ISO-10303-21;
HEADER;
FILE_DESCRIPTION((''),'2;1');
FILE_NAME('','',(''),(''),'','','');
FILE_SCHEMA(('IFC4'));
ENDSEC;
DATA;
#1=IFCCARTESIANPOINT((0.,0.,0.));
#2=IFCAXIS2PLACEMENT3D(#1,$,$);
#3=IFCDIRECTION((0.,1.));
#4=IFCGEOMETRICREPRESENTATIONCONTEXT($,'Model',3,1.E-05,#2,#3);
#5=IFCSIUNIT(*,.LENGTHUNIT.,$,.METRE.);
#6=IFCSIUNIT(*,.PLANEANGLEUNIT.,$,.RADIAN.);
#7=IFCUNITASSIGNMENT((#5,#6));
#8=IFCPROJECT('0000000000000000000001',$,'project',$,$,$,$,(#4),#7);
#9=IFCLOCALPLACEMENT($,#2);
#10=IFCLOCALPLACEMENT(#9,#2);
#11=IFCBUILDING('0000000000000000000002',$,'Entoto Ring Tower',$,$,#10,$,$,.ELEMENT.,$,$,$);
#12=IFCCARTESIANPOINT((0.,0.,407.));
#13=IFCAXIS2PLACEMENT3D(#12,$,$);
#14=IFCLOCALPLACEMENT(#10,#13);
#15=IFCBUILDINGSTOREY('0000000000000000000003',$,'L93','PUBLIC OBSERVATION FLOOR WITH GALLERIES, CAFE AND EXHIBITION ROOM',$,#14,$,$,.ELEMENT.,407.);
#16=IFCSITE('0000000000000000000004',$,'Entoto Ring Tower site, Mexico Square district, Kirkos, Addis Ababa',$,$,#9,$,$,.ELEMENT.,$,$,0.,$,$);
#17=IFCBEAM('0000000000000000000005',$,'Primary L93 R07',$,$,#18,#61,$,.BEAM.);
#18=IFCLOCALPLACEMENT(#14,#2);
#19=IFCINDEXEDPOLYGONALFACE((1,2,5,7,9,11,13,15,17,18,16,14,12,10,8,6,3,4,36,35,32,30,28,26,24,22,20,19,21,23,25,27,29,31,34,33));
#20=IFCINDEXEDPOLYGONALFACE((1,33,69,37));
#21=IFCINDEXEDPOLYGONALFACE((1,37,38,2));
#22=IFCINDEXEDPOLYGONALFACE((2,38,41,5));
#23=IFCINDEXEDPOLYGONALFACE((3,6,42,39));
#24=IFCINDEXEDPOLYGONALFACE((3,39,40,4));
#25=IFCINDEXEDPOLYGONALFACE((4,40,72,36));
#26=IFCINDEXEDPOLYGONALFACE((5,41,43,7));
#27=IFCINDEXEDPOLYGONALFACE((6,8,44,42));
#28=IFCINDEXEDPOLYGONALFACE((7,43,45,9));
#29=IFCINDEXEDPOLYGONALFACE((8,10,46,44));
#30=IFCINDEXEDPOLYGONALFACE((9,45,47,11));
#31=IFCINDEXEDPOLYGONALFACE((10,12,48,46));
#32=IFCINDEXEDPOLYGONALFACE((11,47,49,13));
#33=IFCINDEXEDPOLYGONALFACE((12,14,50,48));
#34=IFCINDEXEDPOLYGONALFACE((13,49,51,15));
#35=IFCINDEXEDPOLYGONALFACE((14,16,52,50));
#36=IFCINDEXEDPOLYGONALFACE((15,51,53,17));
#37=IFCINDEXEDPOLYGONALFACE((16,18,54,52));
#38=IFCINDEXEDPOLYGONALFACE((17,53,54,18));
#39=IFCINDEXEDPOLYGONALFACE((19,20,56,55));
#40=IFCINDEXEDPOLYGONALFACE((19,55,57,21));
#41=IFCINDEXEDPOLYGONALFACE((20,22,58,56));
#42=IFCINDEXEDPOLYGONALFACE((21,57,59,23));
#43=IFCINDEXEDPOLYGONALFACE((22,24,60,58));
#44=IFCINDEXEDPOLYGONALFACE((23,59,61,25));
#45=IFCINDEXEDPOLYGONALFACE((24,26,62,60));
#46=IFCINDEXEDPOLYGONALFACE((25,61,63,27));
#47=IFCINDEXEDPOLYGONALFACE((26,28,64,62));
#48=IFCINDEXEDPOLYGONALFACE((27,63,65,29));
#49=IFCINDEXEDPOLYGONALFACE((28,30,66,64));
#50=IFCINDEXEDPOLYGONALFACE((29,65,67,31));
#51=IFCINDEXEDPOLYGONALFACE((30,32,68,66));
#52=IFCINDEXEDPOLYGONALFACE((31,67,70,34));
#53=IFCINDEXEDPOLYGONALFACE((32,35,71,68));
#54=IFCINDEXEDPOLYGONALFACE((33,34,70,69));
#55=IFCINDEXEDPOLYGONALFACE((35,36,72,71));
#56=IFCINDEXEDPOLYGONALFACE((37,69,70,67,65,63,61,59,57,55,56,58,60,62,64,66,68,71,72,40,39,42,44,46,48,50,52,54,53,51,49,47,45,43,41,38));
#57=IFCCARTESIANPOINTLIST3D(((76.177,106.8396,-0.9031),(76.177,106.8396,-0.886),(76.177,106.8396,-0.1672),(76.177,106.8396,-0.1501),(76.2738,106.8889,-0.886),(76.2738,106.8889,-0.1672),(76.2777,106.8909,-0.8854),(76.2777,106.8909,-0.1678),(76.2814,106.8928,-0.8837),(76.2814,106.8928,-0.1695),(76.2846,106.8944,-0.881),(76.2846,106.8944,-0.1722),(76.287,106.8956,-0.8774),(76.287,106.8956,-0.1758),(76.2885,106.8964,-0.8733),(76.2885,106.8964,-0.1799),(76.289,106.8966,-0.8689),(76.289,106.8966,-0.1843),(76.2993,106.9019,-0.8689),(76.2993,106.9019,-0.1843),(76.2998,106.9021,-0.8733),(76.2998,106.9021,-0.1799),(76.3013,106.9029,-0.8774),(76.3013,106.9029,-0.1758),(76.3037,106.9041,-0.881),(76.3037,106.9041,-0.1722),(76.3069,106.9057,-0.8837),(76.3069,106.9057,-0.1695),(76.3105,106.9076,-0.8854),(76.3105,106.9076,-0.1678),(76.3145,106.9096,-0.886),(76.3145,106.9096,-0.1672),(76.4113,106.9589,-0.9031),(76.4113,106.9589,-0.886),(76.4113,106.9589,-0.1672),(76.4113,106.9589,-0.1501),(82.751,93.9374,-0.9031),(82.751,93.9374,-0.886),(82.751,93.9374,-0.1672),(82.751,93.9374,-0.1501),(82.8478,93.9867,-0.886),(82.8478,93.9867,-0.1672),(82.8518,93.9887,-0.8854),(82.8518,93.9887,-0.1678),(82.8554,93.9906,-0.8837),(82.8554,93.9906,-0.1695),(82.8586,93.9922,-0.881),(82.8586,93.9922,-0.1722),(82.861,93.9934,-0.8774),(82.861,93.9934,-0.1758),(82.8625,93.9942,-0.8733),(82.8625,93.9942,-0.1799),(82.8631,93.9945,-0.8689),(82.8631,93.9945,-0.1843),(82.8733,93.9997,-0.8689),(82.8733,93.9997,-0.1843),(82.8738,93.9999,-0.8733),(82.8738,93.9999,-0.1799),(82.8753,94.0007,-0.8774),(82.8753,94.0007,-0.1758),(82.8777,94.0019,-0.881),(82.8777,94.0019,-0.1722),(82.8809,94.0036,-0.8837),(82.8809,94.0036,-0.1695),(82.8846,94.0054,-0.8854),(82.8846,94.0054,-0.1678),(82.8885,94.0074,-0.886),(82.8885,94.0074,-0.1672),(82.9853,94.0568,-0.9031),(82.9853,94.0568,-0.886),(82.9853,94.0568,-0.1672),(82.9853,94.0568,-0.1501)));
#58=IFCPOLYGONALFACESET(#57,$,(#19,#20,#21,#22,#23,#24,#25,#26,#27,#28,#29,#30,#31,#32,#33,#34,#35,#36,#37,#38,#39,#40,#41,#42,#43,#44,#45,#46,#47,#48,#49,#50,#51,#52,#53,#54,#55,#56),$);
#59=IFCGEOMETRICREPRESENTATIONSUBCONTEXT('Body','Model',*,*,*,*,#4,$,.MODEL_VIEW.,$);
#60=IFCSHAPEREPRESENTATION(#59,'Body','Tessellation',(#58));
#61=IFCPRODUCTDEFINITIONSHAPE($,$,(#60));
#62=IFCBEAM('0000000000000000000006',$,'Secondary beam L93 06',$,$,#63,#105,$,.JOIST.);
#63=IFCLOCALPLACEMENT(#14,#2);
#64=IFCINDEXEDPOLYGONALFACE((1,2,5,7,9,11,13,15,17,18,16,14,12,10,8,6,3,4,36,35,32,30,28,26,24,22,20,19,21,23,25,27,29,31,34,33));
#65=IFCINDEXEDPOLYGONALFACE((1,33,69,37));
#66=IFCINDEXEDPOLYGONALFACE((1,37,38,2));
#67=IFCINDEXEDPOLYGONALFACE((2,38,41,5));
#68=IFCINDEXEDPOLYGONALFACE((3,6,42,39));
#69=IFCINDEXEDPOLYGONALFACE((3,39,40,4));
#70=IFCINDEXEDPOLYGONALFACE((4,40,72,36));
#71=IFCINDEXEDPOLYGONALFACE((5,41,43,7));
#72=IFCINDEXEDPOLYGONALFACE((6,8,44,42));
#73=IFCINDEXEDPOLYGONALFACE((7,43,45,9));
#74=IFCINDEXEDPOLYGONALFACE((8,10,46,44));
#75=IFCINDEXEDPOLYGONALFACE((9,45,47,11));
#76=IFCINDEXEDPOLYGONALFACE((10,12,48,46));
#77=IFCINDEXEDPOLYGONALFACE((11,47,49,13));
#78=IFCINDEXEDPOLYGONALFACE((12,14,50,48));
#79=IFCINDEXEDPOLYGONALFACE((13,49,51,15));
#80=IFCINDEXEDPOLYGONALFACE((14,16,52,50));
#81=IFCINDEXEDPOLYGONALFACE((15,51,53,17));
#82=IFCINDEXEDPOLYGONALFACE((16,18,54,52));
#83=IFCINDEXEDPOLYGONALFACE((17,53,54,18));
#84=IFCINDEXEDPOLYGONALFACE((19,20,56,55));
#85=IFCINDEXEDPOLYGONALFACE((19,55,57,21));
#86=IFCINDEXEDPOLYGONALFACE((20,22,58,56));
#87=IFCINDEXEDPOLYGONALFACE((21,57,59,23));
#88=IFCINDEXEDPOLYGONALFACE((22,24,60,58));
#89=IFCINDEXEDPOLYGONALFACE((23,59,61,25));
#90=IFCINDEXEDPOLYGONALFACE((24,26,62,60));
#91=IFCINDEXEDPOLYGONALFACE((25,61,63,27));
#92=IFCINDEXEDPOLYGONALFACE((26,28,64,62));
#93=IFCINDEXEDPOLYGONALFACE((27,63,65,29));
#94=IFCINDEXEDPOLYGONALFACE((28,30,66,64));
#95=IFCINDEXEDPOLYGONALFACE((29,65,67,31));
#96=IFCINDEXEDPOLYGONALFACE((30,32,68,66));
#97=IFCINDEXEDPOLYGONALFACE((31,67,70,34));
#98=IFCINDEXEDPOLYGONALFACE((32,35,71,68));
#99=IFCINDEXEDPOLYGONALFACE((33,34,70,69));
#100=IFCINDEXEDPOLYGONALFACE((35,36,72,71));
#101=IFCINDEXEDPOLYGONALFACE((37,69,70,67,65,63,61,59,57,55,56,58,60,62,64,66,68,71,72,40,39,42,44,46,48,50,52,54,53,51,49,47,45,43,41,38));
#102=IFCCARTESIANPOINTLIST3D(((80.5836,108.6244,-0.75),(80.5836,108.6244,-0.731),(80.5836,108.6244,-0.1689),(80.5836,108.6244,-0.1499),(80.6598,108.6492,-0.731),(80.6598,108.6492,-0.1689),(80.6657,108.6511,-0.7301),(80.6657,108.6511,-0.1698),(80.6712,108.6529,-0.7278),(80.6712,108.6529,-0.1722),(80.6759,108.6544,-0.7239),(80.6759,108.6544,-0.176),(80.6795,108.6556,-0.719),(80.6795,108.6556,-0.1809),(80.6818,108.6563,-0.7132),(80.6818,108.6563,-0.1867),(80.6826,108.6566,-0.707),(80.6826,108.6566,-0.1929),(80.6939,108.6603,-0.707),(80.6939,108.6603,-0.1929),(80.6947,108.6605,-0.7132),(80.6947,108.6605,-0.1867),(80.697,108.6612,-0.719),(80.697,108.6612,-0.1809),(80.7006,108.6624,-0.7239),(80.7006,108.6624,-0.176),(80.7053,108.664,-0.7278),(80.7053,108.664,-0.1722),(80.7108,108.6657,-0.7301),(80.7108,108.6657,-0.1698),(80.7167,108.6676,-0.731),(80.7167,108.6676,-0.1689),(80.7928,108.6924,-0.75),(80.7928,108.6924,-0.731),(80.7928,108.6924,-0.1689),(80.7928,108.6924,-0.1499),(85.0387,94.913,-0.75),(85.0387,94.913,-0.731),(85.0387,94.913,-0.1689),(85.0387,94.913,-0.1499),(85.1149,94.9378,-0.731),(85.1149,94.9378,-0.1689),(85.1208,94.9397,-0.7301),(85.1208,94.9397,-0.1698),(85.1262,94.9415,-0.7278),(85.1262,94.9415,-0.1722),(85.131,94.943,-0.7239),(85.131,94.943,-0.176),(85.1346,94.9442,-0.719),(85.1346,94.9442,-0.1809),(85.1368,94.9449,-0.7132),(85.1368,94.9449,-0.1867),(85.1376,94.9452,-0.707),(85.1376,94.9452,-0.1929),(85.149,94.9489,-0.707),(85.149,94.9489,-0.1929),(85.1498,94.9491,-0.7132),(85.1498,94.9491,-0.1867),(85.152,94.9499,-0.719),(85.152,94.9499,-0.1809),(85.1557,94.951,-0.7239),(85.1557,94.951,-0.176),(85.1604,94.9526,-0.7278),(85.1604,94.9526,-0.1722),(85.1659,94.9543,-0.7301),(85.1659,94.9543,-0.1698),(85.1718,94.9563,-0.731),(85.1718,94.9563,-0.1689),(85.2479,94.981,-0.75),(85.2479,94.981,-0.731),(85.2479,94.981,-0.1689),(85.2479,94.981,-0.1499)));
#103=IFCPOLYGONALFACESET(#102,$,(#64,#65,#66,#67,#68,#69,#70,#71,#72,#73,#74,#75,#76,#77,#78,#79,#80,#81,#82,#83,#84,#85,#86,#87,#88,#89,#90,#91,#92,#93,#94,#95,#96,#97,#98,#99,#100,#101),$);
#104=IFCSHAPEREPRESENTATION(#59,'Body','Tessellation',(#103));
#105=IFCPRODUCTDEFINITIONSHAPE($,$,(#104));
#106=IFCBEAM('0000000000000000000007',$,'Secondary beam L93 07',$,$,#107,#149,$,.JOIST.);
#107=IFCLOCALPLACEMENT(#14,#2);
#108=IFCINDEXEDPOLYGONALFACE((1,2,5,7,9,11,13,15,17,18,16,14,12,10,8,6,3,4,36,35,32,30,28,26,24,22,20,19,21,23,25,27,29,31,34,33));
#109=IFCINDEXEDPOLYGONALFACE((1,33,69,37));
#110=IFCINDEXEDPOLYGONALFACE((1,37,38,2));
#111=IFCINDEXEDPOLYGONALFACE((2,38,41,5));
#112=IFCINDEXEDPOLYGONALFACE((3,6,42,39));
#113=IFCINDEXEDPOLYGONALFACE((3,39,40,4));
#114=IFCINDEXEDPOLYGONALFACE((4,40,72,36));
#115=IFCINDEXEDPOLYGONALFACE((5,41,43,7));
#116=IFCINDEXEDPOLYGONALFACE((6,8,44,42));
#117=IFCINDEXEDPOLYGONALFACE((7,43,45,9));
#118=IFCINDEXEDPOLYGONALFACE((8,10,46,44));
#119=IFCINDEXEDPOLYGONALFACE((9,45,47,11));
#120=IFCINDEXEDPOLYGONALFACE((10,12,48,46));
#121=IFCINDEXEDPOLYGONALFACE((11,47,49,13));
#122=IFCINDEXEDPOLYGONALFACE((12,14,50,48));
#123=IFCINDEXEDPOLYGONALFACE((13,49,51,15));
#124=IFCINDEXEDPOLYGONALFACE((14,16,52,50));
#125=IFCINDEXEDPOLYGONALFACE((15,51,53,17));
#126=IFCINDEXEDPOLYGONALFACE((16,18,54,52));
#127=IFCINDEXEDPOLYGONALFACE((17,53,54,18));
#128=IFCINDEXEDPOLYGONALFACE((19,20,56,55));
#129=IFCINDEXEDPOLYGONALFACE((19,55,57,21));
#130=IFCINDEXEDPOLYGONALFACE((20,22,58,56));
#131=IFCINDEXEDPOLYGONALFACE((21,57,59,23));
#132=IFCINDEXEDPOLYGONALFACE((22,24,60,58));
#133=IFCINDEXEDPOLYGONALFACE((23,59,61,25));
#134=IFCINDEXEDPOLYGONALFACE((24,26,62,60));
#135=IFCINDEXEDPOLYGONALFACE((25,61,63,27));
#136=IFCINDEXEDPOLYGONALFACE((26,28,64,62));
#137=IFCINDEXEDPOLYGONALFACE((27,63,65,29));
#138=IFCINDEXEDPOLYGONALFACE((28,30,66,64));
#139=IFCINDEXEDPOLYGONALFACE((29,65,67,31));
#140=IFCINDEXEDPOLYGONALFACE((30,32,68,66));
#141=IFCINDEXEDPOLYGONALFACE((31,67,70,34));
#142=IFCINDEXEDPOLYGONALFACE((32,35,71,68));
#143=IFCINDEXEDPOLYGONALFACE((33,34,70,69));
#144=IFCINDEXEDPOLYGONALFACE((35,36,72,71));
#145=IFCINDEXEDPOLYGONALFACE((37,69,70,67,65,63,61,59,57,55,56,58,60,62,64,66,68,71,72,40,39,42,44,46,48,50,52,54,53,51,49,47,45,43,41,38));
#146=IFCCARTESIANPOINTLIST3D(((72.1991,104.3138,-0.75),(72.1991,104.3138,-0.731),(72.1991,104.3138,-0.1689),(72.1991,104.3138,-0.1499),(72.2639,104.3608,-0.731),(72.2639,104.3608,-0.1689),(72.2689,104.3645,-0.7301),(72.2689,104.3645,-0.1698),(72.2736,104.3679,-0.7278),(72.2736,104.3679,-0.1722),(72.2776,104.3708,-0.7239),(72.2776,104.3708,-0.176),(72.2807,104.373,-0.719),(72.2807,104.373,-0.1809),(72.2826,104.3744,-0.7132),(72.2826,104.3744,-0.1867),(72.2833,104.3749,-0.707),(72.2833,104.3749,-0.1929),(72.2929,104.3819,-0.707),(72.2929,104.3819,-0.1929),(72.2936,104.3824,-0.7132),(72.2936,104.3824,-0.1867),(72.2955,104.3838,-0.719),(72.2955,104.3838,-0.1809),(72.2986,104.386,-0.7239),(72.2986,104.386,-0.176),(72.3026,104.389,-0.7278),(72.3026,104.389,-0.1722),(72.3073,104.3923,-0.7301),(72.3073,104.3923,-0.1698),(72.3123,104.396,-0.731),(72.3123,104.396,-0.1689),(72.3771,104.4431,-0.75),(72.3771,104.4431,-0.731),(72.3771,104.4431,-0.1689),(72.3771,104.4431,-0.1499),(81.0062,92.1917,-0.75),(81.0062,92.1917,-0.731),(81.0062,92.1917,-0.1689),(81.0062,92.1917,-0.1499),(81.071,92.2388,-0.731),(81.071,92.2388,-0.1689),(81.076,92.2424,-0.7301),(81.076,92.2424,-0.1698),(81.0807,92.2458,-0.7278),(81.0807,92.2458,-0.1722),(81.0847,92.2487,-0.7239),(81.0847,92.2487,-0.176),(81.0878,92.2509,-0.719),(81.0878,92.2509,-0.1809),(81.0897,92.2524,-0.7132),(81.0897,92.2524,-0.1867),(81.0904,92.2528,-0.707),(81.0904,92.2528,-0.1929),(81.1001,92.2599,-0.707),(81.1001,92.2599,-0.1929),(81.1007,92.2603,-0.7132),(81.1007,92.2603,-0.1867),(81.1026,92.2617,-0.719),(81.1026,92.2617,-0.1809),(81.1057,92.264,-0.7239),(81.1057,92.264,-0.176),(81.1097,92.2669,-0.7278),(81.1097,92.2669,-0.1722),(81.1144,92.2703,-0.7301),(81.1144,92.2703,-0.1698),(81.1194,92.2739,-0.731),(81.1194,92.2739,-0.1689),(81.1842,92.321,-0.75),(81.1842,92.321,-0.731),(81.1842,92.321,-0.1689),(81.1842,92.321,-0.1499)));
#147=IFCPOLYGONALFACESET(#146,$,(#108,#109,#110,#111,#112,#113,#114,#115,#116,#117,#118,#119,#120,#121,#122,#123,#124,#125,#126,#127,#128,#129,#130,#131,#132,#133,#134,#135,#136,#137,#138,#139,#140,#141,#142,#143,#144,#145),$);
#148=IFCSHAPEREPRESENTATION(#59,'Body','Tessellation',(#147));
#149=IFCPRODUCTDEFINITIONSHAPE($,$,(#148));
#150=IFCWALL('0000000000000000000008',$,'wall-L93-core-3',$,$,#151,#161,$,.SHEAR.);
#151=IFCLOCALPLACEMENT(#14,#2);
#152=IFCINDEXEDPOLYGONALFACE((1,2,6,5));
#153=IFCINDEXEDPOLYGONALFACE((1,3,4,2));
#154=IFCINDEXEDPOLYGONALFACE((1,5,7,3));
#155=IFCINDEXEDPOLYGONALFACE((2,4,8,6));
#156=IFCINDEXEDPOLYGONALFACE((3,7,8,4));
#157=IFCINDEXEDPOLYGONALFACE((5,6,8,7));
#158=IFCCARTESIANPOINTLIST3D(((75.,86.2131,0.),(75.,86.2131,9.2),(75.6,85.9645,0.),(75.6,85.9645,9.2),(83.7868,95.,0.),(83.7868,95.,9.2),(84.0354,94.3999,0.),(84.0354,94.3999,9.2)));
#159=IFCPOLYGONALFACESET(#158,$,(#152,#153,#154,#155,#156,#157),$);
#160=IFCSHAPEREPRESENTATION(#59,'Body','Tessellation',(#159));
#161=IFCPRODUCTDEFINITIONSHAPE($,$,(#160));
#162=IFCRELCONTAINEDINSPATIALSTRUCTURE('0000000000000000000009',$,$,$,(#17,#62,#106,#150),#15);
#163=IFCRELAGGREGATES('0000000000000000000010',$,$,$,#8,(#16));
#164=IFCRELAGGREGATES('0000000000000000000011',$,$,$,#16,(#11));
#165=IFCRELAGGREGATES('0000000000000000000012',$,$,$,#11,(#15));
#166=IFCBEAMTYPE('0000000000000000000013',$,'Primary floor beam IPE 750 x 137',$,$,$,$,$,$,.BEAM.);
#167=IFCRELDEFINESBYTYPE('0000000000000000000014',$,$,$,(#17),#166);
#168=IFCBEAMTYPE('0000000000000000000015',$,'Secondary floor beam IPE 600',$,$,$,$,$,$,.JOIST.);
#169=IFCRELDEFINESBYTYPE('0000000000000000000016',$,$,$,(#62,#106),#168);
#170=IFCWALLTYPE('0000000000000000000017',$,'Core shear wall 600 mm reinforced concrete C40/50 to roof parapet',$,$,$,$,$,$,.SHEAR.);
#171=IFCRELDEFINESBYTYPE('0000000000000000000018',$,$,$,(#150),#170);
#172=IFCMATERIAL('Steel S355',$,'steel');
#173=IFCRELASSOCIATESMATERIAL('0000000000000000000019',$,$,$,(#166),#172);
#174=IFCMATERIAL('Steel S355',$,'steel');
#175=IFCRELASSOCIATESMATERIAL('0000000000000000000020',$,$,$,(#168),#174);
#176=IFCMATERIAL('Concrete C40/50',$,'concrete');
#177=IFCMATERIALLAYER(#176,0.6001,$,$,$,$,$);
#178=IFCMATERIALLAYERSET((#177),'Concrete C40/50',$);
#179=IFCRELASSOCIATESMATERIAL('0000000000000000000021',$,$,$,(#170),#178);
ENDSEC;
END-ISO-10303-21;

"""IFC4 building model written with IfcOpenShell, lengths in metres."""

from ifc_helpers import new_model, si_unit, direction, frame, origin, origin_2d, place, context, subcontext, project, spatial, polyline, i_section, outline, extrude, material, layer, layer_set, material_profile, profile_set, type_object, element, save


model = new_model("IFC4")

# Units and contexts
model_context = context("Model", 3, precision=1e-05, world=origin(), true_north=direction((0.0, 1.0)))
body_context = subcontext(model_context, "Body", "Model", "MODEL_VIEW")
ifc_project = project(units=[si_unit("LENGTHUNIT", "METRE"), si_unit("PLANEANGLEUNIT", "RADIAN")], contexts=[model_context])

# Site, building, storey
site_placement = place(None, origin())
site = spatial("IfcSite", under=ifc_project, at=site_placement, Name="Entoto Ring Tower site, Mexico Square district, Kirkos, Addis Ababa", CompositionType="ELEMENT", RefElevation=0.0)
building_placement = place(site_placement, origin())
building = spatial("IfcBuilding", under=site, at=building_placement, Name="Entoto Ring Tower", CompositionType="ELEMENT")
storey_placement = place(building_placement, frame((0.0, 0.0, 407.0)))
storey = spatial("IfcBuildingStorey", under=building, at=storey_placement, Name="L93", Description="PUBLIC OBSERVATION FLOOR WITH GALLERIES, CAFE AND EXHIBITION ROOM", CompositionType="ELEMENT", Elevation=407.0)

# Beams
ifc_material_1 = material(Name="Steel S355", Category="steel")
ifc_material_profile_1 = material_profile(ifc_material_1, i_section(OverallWidth=0.2629, OverallDepth=0.7529, WebThickness=0.0115, FlangeThickness=0.0171, FilletRadius=0.0171, at=origin_2d()), Name="IPE 750 x 137")
ifc_profile_set_1 = profile_set([ifc_material_profile_1], Name="Steel S355")
beam_type_1 = type_object("IfcBeamType", Name="Primary floor beam IPE 750 x 137", PredefinedType="BEAM", material=ifc_profile_set_1)
beam_1_placement = place(storey_placement, frame((82.8682, 93.9971, -0.5266), z_axis=(-0.453992, 0.891006, 0.0), x_axis=(-0.891006, -0.453992, 0.0)))
element("IfcBeam", 1, at=beam_1_placement, inside=storey, type_object=beam_type_1, Name="Primary L93 R07", PredefinedType="BEAM", context=body_context, shape_type="SweptSolid", body=[
    extrude(i_section(OverallWidth=0.2629, OverallDepth=0.7529, WebThickness=0.0115, FlangeThickness=0.0171, FilletRadius=0.0171, at=origin_2d()), origin(), (0.0, 0.0, 1.0), 14.4805),
])
ifc_material_2 = material(Name="Steel S355", Category="steel")
ifc_material_profile_2 = material_profile(ifc_material_2, i_section(OverallWidth=0.22, OverallDepth=0.6001, WebThickness=0.012, FlangeThickness=0.019, FilletRadius=0.0239, at=origin_2d()), Name="IPE 600")
ifc_profile_set_2 = profile_set([ifc_material_profile_2], Name="Steel S355")
beam_type_2 = type_object("IfcBeamType", Name="Secondary floor beam IPE 600", PredefinedType="JOIST", material=ifc_profile_set_2)
beam_2_placement = place(storey_placement, frame((85.1433, 94.947, -0.45), z_axis=(-0.309015, 0.951057, 0.0), x_axis=(-0.951057, -0.309015, 0.0)))
element("IfcBeam", 2, at=beam_2_placement, inside=storey, type_object=beam_type_2, Name="Secondary beam L93 06", PredefinedType="JOIST", context=body_context, shape_type="SweptSolid", body=[
    extrude(i_section(OverallWidth=0.22, OverallDepth=0.6001, WebThickness=0.012, FlangeThickness=0.019, FilletRadius=0.0239, at=origin_2d()), origin(), (0.0, 0.0, 1.0), 14.417),
])
beam_3_placement = place(storey_placement, frame((81.0952, 92.2563, -0.45), z_axis=(-0.587782, 0.809019, 0.0), x_axis=(-0.809019, -0.587782, 0.0)))
element("IfcBeam", 3, at=beam_3_placement, inside=storey, type_object=beam_type_2, Name="Secondary beam L93 07", PredefinedType="JOIST", context=body_context, shape_type="SweptSolid", body=[
    extrude(i_section(OverallWidth=0.22, OverallDepth=0.6001, WebThickness=0.012, FlangeThickness=0.019, FilletRadius=0.0239, at=origin_2d()), origin(), (0.0, 0.0, 1.0), 14.9836),
])

# Wall
ifc_material_3 = material(Name="Concrete C40/50", Category="concrete")
ifc_layer_1 = layer(ifc_material_3, 0.6001)
ifc_layer_set_1 = layer_set([ifc_layer_1], Name="Concrete C40/50")
wall_type_1 = type_object("IfcWallType", Name="Core shear wall 600 mm reinforced concrete C40/50 to roof parapet", PredefinedType="SHEAR", material=ifc_layer_set_1)
wall_1_placement = place(storey_placement, frame((83.9111, 94.7, 0.0), z_axis=(0.0, 0.0, 1.0), x_axis=(-0.707107, -0.707107, 0.0)))
element("IfcWall", 4, at=wall_1_placement, inside=storey, type_object=wall_type_1, Name="wall-L93-core-3", PredefinedType="SHEAR", context=body_context, shape_type="SweptSolid", body=[
    extrude(outline(polyline([(-0.1243, -0.3), (12.3022, -0.3), (12.0537, 0.3), (0.1243, 0.3), (-0.1243, -0.3)])), origin(), (0.0, 0.0, 1.0), 9.2),
])

save(model, "model.ifc")
